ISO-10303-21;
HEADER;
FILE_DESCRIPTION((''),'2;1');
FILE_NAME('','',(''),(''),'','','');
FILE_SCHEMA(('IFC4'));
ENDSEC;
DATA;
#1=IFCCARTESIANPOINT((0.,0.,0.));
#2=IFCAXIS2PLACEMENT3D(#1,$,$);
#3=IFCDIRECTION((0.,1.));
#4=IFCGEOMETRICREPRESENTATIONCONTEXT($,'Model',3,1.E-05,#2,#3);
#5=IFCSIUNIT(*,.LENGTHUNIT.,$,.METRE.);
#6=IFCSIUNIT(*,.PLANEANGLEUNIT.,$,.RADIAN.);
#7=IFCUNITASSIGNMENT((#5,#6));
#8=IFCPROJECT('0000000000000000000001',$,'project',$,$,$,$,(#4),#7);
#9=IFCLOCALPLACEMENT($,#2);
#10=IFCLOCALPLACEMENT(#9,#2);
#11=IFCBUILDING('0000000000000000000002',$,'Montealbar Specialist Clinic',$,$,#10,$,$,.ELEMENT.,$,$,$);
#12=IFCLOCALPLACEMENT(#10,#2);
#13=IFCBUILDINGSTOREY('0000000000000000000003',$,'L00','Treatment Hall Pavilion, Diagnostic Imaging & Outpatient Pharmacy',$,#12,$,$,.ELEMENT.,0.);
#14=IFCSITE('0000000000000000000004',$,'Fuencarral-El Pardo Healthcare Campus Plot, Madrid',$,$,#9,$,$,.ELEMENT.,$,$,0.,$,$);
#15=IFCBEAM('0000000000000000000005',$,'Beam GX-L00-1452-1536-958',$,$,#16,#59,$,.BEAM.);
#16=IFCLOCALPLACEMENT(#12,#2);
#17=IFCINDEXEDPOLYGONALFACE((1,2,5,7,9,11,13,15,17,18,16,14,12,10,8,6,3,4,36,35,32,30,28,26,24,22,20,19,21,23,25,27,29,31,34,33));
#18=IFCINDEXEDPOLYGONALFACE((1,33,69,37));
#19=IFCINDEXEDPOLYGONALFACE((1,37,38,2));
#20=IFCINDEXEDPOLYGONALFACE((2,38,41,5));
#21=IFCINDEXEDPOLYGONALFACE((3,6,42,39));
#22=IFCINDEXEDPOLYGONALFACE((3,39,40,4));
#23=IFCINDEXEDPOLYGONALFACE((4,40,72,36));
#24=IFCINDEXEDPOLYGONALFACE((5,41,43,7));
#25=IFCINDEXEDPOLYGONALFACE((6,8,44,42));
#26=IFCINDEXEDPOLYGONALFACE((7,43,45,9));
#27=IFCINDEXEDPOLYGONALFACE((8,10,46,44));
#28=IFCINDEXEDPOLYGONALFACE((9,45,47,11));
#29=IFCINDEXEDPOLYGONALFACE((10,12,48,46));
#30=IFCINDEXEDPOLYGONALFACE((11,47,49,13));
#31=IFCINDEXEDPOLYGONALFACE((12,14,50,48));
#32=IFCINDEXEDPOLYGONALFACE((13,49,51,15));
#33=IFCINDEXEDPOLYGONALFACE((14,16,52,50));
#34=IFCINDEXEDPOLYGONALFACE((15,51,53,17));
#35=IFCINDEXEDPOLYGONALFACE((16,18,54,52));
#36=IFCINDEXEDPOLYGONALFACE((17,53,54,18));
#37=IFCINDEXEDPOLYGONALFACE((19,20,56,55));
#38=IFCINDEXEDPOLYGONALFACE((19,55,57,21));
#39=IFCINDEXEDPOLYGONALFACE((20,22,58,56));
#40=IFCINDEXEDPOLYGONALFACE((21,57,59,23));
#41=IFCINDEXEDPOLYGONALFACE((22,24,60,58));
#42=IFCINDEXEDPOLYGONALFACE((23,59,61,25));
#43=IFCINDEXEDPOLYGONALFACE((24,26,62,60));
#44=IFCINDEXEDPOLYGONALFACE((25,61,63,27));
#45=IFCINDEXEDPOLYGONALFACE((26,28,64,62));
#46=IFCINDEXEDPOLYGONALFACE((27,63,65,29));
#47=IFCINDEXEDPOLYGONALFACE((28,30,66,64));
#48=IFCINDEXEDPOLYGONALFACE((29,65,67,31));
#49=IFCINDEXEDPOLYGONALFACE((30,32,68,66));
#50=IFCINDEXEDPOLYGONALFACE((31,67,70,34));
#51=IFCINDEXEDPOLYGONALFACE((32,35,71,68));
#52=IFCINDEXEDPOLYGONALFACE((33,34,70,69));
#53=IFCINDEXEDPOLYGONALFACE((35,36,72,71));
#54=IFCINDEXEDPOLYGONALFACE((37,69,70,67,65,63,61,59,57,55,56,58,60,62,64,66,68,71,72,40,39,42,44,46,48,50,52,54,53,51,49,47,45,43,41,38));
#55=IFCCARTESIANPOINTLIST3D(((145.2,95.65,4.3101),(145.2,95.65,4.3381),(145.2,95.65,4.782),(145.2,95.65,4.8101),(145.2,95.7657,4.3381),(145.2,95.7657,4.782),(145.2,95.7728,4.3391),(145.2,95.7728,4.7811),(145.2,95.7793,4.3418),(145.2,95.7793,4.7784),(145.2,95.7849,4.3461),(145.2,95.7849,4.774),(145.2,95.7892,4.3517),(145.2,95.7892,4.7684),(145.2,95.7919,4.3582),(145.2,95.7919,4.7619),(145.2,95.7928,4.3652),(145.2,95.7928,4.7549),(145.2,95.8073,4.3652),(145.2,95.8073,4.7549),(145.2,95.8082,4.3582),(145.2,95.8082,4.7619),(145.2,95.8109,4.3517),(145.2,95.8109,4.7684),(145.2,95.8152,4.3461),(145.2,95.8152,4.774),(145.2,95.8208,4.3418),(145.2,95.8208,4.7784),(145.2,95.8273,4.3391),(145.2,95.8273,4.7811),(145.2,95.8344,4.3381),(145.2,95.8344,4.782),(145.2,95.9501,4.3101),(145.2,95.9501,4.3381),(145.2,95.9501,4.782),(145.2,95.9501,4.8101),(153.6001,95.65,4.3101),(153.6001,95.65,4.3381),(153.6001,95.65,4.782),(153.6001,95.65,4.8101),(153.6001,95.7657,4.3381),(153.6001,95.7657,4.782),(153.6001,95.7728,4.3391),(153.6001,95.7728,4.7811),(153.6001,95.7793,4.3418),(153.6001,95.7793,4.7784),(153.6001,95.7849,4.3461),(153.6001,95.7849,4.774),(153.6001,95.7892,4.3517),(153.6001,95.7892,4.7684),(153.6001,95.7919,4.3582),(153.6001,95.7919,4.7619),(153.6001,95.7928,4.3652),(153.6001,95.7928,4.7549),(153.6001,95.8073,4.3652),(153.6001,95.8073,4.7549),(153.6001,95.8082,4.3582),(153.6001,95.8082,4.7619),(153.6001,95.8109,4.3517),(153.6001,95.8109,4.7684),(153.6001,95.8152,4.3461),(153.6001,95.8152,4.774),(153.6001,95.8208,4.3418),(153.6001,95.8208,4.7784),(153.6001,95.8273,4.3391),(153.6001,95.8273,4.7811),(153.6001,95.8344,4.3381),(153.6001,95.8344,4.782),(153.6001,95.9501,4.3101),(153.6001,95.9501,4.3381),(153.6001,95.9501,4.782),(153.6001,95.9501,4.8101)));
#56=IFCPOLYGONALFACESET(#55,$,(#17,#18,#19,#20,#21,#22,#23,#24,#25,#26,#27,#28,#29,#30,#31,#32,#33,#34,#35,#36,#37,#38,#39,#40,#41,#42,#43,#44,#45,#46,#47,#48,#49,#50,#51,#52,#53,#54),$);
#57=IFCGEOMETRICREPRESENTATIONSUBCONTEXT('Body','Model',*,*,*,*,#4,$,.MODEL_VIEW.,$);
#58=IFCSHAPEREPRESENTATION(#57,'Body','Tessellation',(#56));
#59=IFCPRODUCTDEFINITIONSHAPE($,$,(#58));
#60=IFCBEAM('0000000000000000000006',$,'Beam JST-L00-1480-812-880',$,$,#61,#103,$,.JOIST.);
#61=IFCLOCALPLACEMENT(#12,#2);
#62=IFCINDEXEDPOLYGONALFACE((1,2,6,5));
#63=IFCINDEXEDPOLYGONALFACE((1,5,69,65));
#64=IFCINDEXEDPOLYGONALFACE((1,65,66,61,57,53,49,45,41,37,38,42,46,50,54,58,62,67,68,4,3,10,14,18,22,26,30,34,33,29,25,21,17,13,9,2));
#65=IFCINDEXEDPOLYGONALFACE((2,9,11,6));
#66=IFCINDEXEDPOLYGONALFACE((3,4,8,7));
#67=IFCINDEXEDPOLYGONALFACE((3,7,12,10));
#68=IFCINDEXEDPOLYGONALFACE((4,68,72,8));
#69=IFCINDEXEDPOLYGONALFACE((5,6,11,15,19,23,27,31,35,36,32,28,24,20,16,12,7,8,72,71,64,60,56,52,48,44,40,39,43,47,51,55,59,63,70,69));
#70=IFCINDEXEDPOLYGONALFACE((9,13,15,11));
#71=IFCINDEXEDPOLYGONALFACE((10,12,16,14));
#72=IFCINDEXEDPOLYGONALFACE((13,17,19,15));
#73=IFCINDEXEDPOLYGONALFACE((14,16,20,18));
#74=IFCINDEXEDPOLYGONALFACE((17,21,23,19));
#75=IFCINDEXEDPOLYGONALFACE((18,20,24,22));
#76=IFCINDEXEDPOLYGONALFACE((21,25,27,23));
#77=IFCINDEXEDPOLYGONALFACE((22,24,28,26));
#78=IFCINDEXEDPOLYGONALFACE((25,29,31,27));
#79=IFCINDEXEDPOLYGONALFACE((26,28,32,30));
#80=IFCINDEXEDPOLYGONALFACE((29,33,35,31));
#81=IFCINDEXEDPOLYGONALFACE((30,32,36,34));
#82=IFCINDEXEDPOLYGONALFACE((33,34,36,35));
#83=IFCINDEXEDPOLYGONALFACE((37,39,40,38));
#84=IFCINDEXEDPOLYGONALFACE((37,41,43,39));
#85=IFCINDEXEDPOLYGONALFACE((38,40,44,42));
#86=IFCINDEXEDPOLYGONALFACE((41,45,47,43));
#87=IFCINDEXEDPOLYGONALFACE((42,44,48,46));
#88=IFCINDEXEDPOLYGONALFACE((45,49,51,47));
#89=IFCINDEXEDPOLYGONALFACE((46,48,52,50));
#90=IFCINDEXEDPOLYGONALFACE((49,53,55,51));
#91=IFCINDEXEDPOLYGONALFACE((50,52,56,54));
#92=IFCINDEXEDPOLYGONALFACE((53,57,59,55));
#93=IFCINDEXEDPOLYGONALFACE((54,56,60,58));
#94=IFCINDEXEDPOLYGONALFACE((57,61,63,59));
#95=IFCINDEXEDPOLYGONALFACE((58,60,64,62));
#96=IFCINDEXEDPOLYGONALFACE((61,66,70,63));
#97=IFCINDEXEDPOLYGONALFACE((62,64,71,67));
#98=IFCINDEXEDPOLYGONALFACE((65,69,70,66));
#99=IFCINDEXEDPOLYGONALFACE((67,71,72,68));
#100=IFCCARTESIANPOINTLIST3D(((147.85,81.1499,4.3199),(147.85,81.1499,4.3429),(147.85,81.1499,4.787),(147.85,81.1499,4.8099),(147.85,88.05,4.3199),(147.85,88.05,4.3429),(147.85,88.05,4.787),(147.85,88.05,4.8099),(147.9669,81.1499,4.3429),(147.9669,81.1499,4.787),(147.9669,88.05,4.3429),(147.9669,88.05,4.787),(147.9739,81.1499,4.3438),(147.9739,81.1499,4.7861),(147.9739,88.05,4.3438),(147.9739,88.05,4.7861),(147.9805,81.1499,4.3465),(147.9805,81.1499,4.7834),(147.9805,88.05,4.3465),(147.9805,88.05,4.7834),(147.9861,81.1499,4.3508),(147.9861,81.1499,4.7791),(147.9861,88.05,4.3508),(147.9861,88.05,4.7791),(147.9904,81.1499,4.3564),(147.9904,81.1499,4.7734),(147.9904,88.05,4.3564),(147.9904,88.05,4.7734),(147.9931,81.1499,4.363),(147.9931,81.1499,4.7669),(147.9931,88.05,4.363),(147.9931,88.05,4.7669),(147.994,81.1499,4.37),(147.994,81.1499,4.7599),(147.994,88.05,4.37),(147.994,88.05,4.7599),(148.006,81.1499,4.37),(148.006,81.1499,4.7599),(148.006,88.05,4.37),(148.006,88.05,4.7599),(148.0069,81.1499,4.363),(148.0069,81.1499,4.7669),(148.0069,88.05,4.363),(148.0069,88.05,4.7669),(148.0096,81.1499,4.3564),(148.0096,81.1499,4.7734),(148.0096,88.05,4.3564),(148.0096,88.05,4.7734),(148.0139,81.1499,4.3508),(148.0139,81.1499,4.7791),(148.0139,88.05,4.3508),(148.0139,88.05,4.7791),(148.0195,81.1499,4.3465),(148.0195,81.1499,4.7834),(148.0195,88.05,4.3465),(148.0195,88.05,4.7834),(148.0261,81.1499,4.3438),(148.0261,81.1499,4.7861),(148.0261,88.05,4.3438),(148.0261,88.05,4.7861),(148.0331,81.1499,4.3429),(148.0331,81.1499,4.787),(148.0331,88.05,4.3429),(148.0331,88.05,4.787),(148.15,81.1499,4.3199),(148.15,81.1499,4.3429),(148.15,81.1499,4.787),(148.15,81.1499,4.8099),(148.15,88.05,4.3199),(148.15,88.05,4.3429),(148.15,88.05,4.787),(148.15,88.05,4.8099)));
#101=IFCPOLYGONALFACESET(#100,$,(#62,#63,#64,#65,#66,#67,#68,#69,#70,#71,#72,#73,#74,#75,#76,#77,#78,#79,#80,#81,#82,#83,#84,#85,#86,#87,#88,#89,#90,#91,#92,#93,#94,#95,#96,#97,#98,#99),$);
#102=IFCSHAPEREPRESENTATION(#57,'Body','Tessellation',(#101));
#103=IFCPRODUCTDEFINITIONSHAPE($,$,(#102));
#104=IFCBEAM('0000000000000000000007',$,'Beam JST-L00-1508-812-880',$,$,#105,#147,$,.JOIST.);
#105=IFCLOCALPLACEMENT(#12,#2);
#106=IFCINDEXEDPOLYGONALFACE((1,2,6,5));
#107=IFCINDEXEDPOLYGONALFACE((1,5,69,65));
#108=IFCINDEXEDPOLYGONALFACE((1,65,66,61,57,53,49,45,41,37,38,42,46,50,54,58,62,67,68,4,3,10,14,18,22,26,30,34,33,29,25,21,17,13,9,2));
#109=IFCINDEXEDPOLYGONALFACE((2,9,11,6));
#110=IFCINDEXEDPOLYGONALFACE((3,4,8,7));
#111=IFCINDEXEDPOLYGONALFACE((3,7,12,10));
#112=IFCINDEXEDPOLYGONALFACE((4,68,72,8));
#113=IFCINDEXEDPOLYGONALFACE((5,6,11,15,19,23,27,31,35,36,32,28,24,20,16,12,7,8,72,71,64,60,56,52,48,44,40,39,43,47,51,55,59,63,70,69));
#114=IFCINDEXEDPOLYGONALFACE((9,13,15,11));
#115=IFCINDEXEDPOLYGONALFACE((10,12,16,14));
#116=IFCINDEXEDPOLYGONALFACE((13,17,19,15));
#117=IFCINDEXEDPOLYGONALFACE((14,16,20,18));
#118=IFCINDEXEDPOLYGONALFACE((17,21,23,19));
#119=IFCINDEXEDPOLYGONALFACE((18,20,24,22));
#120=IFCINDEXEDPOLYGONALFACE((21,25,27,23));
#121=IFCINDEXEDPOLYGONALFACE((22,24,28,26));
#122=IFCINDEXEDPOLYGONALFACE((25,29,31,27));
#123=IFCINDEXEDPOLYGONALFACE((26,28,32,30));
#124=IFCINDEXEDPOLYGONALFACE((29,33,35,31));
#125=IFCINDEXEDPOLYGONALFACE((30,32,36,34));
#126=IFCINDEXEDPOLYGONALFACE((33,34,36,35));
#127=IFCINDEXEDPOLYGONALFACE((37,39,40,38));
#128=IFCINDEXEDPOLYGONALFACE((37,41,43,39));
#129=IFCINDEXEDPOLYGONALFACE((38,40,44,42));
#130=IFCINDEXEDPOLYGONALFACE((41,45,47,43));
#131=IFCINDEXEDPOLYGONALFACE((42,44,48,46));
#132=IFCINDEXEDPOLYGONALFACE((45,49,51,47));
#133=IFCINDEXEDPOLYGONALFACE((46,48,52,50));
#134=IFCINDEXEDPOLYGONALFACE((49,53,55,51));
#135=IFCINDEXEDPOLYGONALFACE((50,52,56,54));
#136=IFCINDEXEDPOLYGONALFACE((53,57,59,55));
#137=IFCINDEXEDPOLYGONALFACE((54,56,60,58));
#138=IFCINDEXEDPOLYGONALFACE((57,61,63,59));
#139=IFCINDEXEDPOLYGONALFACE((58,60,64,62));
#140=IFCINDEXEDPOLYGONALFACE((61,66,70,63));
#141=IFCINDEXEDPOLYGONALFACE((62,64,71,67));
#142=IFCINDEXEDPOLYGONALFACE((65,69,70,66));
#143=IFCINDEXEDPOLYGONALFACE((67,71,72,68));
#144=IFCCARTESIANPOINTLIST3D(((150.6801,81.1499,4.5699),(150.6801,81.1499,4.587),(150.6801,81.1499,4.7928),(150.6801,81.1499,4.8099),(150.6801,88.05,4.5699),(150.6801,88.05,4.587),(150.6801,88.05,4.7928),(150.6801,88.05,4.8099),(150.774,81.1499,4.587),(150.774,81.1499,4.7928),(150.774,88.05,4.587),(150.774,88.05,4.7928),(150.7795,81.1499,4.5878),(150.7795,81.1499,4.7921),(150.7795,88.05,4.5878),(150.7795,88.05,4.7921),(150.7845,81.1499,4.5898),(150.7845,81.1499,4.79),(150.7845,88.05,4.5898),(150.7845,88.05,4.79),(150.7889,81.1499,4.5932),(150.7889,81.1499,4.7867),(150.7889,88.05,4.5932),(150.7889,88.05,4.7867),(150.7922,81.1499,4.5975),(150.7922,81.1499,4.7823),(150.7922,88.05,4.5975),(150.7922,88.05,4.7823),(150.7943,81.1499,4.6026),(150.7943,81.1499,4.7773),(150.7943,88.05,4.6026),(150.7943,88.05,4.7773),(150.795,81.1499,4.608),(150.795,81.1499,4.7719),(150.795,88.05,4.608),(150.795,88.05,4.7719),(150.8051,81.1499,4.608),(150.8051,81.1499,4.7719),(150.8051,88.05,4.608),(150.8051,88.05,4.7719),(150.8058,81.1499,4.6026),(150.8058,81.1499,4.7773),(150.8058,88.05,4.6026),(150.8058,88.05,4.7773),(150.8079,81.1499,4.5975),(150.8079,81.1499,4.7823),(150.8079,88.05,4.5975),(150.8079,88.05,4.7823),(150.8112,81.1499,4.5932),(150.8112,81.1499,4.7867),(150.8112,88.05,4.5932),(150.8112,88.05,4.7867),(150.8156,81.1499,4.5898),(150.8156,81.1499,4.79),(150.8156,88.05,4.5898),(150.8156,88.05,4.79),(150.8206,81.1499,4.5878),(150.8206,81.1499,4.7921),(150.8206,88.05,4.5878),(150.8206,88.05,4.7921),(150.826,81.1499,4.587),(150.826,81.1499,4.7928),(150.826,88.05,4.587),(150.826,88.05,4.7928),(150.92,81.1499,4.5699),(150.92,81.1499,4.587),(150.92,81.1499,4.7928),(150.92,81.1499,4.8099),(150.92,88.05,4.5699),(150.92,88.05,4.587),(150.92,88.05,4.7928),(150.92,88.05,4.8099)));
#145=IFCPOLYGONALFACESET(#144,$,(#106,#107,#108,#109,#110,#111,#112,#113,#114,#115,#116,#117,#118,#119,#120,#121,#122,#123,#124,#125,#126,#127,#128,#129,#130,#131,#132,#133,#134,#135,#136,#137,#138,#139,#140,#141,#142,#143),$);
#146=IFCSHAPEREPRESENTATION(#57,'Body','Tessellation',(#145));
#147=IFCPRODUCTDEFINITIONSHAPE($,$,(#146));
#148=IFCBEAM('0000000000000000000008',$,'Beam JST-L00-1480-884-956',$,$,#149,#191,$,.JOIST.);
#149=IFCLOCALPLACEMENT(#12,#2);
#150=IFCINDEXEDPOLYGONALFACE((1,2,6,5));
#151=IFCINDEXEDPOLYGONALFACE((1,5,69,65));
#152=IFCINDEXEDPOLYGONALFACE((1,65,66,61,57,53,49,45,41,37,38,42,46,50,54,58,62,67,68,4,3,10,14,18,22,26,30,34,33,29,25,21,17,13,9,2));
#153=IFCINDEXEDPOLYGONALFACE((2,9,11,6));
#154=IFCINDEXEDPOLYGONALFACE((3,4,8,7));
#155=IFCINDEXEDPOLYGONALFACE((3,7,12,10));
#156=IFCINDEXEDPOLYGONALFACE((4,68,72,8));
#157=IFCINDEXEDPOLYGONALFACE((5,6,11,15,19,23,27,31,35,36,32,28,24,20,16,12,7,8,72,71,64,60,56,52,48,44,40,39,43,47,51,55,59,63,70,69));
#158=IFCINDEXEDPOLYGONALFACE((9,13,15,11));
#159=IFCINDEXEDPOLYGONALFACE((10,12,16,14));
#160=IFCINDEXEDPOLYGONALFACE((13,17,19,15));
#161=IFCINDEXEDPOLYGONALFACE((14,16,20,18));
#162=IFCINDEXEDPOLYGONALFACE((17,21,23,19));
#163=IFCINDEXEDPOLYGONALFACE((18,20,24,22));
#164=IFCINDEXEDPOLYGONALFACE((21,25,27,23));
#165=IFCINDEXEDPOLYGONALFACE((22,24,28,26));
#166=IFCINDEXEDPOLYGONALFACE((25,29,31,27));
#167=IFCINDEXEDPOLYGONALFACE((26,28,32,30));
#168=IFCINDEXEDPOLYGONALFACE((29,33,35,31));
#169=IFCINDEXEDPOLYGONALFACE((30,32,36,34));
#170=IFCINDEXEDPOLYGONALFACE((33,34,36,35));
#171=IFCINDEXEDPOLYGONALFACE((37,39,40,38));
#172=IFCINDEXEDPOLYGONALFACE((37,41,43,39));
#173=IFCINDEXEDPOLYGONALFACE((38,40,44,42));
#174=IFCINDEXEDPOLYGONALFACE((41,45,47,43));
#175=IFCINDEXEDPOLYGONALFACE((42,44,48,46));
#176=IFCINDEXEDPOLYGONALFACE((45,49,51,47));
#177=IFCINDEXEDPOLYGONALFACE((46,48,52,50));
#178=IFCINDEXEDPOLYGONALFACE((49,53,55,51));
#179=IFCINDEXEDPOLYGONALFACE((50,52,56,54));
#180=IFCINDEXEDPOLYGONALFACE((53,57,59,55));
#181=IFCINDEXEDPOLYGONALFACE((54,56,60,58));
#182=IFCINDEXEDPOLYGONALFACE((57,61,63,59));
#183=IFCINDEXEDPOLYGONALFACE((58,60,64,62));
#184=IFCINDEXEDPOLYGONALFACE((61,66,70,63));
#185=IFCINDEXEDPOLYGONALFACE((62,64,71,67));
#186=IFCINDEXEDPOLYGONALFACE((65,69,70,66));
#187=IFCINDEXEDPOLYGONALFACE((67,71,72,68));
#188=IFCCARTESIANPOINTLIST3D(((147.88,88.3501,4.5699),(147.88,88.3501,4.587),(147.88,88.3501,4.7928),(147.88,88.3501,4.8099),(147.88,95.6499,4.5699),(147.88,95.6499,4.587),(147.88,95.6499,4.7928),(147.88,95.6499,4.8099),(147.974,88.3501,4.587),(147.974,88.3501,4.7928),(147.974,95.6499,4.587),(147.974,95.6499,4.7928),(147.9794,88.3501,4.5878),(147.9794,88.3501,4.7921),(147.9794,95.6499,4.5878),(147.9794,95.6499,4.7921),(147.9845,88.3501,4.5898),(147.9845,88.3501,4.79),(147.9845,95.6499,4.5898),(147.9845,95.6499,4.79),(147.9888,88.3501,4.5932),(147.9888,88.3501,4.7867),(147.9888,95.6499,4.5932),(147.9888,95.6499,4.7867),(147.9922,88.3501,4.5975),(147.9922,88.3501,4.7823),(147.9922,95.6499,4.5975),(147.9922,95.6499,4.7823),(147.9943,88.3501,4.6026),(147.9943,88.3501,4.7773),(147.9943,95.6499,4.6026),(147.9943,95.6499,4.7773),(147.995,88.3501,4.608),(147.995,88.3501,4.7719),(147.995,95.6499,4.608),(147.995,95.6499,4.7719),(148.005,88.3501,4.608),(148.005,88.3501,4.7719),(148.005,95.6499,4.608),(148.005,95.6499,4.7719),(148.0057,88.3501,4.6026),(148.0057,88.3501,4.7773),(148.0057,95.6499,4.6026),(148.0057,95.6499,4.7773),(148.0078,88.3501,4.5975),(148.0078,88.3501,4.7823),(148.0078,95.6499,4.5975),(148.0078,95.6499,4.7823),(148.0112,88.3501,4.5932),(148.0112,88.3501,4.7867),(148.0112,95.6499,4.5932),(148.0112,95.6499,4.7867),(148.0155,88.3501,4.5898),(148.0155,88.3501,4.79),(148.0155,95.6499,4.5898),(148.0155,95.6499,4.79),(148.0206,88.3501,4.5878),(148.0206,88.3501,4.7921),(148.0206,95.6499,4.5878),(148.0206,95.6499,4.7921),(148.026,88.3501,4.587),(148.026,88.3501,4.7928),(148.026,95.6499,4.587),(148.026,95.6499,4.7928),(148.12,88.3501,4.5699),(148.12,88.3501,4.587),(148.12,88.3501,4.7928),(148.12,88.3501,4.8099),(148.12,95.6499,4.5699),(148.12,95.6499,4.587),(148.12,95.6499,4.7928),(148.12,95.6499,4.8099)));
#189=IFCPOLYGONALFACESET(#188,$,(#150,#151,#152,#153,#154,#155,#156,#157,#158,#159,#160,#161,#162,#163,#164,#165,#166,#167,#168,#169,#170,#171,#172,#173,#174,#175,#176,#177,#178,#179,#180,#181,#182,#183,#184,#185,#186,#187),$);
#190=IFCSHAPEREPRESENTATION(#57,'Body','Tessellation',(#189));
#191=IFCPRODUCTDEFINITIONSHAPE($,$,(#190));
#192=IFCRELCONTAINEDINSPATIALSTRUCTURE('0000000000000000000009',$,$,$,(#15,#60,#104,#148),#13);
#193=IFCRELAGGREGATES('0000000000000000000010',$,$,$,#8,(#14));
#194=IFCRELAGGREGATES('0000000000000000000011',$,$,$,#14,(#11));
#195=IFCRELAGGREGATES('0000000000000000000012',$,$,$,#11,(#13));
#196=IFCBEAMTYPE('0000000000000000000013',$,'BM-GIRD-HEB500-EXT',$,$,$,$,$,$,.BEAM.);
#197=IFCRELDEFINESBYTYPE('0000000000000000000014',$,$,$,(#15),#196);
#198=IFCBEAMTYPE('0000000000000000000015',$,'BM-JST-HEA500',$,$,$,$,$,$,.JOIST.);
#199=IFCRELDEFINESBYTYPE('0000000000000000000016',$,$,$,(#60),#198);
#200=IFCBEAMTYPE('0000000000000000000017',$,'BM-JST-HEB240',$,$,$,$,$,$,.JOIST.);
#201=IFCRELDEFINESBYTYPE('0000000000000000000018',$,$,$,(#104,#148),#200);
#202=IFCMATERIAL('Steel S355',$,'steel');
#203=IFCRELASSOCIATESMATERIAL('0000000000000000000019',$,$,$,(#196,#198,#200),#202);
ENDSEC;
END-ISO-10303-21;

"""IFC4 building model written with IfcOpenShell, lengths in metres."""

from ifc_helpers import new_model, si_unit, direction, frame, origin, origin_2d, place, context, subcontext, project, spatial, i_section, extrude, material, material_profile, profile_set, type_object, element, save


model = new_model("IFC4")

# Units and contexts
model_context = context("Model", 3, precision=1e-05, world=origin(), true_north=direction((0.0, 1.0)))
body_context = subcontext(model_context, "Body", "Model", "MODEL_VIEW")
ifc_project = project(units=[si_unit("LENGTHUNIT", "METRE"), si_unit("PLANEANGLEUNIT", "RADIAN")], contexts=[model_context])

# Site, building, storey
site_placement = place(None, origin())
site = spatial("IfcSite", under=ifc_project, at=site_placement, Name="Fuencarral-El Pardo Healthcare Campus Plot, Madrid", CompositionType="ELEMENT", RefElevation=0.0)
building_placement = place(site_placement, origin())
building = spatial("IfcBuilding", under=site, at=building_placement, Name="Montealbar Specialist Clinic", CompositionType="ELEMENT")
storey_placement = place(building_placement, origin())
storey = spatial("IfcBuildingStorey", under=building, at=storey_placement, Name="L00", Description="Treatment Hall Pavilion, Diagnostic Imaging & Outpatient Pharmacy", CompositionType="ELEMENT", Elevation=0.0)

# Shared definitions
ifc_material_1 = material(Name="Steel S355", Category="steel")

# Beams
ifc_material_profile_1 = material_profile(ifc_material_1, i_section(OverallWidth=0.3, OverallDepth=0.5, WebThickness=0.0144, FlangeThickness=0.0281, FilletRadius=0.0271, at=origin_2d()), Name="HEB 500", Category="steel")
ifc_profile_set_1 = profile_set([ifc_material_profile_1], Name="Steel S355")
beam_type_1 = type_object("IfcBeamType", Name="BM-GIRD-HEB500-EXT", PredefinedType="BEAM", material=ifc_profile_set_1)
beam_1_placement = place(storey_placement, frame((145.2, 95.8, 4.5601), z_axis=(1.0, 0.0, 0.0), x_axis=(0.0, 1.0, 0.0)))
element("IfcBeam", 1, at=beam_1_placement, inside=storey, type_object=beam_type_1, Name="Beam GX-L00-1452-1536-958", PredefinedType="BEAM", context=body_context, shape_type="SweptSolid", body=[
    extrude(i_section(OverallWidth=0.3, OverallDepth=0.5, WebThickness=0.0144, FlangeThickness=0.0281, FilletRadius=0.0271, at=origin_2d()), origin(), (0.0, 0.0, 1.0), 8.4001),
])
ifc_material_profile_2 = material_profile(ifc_material_1, i_section(OverallWidth=0.3, OverallDepth=0.49, WebThickness=0.012, FlangeThickness=0.0229, FilletRadius=0.0271, at=origin_2d()), Name="HEA 500", Category="steel")
ifc_profile_set_2 = profile_set([ifc_material_profile_2], Name="Steel S355")
beam_type_2 = type_object("IfcBeamType", Name="BM-JST-HEA500", PredefinedType="JOIST", material=ifc_profile_set_2)
beam_2_placement = place(storey_placement, frame((148.0, 81.1499, 4.5649), z_axis=(0.0, 1.0, 0.0), x_axis=(-1.0, 0.0, 0.0)))
element("IfcBeam", 2, at=beam_2_placement, inside=storey, type_object=beam_type_2, Name="Beam JST-L00-1480-812-880", PredefinedType="JOIST", context=body_context, shape_type="SweptSolid", body=[
    extrude(i_section(OverallWidth=0.3, OverallDepth=0.49, WebThickness=0.012, FlangeThickness=0.0229, FilletRadius=0.0271, at=origin_2d()), origin(), (0.0, 0.0, 1.0), 6.9001),
])
ifc_material_profile_3 = material_profile(ifc_material_1, i_section(OverallWidth=0.24, OverallDepth=0.24, WebThickness=0.01, FlangeThickness=0.0171, FilletRadius=0.021, at=origin_2d()), Name="HEB 240", Category="steel")
ifc_profile_set_3 = profile_set([ifc_material_profile_3], Name="Steel S355")
beam_type_3 = type_object("IfcBeamType", Name="BM-JST-HEB240", PredefinedType="JOIST", material=ifc_profile_set_3)
beam_3_placement = place(storey_placement, frame((150.8, 81.1499, 4.6899), z_axis=(0.0, 1.0, 0.0), x_axis=(-1.0, 0.0, 0.0)))
element("IfcBeam", 3, at=beam_3_placement, inside=storey, type_object=beam_type_3, Name="Beam JST-L00-1508-812-880", PredefinedType="JOIST", context=body_context, shape_type="SweptSolid", body=[
    extrude(i_section(OverallWidth=0.24, OverallDepth=0.24, WebThickness=0.01, FlangeThickness=0.0171, FilletRadius=0.021, at=origin_2d()), origin(), (0.0, 0.0, 1.0), 6.9001),
])
beam_4_placement = place(storey_placement, frame((148.0, 88.3501, 4.6899), z_axis=(0.0, 1.0, 0.0), x_axis=(-1.0, 0.0, 0.0)))
element("IfcBeam", 4, at=beam_4_placement, inside=storey, type_object=beam_type_3, Name="Beam JST-L00-1480-884-956", PredefinedType="JOIST", context=body_context, shape_type="SweptSolid", body=[
    extrude(i_section(OverallWidth=0.24, OverallDepth=0.24, WebThickness=0.01, FlangeThickness=0.0171, FilletRadius=0.021, at=origin_2d()), origin(), (0.0, 0.0, 1.0), 7.2998),
])

save(model, "model.ifc")
